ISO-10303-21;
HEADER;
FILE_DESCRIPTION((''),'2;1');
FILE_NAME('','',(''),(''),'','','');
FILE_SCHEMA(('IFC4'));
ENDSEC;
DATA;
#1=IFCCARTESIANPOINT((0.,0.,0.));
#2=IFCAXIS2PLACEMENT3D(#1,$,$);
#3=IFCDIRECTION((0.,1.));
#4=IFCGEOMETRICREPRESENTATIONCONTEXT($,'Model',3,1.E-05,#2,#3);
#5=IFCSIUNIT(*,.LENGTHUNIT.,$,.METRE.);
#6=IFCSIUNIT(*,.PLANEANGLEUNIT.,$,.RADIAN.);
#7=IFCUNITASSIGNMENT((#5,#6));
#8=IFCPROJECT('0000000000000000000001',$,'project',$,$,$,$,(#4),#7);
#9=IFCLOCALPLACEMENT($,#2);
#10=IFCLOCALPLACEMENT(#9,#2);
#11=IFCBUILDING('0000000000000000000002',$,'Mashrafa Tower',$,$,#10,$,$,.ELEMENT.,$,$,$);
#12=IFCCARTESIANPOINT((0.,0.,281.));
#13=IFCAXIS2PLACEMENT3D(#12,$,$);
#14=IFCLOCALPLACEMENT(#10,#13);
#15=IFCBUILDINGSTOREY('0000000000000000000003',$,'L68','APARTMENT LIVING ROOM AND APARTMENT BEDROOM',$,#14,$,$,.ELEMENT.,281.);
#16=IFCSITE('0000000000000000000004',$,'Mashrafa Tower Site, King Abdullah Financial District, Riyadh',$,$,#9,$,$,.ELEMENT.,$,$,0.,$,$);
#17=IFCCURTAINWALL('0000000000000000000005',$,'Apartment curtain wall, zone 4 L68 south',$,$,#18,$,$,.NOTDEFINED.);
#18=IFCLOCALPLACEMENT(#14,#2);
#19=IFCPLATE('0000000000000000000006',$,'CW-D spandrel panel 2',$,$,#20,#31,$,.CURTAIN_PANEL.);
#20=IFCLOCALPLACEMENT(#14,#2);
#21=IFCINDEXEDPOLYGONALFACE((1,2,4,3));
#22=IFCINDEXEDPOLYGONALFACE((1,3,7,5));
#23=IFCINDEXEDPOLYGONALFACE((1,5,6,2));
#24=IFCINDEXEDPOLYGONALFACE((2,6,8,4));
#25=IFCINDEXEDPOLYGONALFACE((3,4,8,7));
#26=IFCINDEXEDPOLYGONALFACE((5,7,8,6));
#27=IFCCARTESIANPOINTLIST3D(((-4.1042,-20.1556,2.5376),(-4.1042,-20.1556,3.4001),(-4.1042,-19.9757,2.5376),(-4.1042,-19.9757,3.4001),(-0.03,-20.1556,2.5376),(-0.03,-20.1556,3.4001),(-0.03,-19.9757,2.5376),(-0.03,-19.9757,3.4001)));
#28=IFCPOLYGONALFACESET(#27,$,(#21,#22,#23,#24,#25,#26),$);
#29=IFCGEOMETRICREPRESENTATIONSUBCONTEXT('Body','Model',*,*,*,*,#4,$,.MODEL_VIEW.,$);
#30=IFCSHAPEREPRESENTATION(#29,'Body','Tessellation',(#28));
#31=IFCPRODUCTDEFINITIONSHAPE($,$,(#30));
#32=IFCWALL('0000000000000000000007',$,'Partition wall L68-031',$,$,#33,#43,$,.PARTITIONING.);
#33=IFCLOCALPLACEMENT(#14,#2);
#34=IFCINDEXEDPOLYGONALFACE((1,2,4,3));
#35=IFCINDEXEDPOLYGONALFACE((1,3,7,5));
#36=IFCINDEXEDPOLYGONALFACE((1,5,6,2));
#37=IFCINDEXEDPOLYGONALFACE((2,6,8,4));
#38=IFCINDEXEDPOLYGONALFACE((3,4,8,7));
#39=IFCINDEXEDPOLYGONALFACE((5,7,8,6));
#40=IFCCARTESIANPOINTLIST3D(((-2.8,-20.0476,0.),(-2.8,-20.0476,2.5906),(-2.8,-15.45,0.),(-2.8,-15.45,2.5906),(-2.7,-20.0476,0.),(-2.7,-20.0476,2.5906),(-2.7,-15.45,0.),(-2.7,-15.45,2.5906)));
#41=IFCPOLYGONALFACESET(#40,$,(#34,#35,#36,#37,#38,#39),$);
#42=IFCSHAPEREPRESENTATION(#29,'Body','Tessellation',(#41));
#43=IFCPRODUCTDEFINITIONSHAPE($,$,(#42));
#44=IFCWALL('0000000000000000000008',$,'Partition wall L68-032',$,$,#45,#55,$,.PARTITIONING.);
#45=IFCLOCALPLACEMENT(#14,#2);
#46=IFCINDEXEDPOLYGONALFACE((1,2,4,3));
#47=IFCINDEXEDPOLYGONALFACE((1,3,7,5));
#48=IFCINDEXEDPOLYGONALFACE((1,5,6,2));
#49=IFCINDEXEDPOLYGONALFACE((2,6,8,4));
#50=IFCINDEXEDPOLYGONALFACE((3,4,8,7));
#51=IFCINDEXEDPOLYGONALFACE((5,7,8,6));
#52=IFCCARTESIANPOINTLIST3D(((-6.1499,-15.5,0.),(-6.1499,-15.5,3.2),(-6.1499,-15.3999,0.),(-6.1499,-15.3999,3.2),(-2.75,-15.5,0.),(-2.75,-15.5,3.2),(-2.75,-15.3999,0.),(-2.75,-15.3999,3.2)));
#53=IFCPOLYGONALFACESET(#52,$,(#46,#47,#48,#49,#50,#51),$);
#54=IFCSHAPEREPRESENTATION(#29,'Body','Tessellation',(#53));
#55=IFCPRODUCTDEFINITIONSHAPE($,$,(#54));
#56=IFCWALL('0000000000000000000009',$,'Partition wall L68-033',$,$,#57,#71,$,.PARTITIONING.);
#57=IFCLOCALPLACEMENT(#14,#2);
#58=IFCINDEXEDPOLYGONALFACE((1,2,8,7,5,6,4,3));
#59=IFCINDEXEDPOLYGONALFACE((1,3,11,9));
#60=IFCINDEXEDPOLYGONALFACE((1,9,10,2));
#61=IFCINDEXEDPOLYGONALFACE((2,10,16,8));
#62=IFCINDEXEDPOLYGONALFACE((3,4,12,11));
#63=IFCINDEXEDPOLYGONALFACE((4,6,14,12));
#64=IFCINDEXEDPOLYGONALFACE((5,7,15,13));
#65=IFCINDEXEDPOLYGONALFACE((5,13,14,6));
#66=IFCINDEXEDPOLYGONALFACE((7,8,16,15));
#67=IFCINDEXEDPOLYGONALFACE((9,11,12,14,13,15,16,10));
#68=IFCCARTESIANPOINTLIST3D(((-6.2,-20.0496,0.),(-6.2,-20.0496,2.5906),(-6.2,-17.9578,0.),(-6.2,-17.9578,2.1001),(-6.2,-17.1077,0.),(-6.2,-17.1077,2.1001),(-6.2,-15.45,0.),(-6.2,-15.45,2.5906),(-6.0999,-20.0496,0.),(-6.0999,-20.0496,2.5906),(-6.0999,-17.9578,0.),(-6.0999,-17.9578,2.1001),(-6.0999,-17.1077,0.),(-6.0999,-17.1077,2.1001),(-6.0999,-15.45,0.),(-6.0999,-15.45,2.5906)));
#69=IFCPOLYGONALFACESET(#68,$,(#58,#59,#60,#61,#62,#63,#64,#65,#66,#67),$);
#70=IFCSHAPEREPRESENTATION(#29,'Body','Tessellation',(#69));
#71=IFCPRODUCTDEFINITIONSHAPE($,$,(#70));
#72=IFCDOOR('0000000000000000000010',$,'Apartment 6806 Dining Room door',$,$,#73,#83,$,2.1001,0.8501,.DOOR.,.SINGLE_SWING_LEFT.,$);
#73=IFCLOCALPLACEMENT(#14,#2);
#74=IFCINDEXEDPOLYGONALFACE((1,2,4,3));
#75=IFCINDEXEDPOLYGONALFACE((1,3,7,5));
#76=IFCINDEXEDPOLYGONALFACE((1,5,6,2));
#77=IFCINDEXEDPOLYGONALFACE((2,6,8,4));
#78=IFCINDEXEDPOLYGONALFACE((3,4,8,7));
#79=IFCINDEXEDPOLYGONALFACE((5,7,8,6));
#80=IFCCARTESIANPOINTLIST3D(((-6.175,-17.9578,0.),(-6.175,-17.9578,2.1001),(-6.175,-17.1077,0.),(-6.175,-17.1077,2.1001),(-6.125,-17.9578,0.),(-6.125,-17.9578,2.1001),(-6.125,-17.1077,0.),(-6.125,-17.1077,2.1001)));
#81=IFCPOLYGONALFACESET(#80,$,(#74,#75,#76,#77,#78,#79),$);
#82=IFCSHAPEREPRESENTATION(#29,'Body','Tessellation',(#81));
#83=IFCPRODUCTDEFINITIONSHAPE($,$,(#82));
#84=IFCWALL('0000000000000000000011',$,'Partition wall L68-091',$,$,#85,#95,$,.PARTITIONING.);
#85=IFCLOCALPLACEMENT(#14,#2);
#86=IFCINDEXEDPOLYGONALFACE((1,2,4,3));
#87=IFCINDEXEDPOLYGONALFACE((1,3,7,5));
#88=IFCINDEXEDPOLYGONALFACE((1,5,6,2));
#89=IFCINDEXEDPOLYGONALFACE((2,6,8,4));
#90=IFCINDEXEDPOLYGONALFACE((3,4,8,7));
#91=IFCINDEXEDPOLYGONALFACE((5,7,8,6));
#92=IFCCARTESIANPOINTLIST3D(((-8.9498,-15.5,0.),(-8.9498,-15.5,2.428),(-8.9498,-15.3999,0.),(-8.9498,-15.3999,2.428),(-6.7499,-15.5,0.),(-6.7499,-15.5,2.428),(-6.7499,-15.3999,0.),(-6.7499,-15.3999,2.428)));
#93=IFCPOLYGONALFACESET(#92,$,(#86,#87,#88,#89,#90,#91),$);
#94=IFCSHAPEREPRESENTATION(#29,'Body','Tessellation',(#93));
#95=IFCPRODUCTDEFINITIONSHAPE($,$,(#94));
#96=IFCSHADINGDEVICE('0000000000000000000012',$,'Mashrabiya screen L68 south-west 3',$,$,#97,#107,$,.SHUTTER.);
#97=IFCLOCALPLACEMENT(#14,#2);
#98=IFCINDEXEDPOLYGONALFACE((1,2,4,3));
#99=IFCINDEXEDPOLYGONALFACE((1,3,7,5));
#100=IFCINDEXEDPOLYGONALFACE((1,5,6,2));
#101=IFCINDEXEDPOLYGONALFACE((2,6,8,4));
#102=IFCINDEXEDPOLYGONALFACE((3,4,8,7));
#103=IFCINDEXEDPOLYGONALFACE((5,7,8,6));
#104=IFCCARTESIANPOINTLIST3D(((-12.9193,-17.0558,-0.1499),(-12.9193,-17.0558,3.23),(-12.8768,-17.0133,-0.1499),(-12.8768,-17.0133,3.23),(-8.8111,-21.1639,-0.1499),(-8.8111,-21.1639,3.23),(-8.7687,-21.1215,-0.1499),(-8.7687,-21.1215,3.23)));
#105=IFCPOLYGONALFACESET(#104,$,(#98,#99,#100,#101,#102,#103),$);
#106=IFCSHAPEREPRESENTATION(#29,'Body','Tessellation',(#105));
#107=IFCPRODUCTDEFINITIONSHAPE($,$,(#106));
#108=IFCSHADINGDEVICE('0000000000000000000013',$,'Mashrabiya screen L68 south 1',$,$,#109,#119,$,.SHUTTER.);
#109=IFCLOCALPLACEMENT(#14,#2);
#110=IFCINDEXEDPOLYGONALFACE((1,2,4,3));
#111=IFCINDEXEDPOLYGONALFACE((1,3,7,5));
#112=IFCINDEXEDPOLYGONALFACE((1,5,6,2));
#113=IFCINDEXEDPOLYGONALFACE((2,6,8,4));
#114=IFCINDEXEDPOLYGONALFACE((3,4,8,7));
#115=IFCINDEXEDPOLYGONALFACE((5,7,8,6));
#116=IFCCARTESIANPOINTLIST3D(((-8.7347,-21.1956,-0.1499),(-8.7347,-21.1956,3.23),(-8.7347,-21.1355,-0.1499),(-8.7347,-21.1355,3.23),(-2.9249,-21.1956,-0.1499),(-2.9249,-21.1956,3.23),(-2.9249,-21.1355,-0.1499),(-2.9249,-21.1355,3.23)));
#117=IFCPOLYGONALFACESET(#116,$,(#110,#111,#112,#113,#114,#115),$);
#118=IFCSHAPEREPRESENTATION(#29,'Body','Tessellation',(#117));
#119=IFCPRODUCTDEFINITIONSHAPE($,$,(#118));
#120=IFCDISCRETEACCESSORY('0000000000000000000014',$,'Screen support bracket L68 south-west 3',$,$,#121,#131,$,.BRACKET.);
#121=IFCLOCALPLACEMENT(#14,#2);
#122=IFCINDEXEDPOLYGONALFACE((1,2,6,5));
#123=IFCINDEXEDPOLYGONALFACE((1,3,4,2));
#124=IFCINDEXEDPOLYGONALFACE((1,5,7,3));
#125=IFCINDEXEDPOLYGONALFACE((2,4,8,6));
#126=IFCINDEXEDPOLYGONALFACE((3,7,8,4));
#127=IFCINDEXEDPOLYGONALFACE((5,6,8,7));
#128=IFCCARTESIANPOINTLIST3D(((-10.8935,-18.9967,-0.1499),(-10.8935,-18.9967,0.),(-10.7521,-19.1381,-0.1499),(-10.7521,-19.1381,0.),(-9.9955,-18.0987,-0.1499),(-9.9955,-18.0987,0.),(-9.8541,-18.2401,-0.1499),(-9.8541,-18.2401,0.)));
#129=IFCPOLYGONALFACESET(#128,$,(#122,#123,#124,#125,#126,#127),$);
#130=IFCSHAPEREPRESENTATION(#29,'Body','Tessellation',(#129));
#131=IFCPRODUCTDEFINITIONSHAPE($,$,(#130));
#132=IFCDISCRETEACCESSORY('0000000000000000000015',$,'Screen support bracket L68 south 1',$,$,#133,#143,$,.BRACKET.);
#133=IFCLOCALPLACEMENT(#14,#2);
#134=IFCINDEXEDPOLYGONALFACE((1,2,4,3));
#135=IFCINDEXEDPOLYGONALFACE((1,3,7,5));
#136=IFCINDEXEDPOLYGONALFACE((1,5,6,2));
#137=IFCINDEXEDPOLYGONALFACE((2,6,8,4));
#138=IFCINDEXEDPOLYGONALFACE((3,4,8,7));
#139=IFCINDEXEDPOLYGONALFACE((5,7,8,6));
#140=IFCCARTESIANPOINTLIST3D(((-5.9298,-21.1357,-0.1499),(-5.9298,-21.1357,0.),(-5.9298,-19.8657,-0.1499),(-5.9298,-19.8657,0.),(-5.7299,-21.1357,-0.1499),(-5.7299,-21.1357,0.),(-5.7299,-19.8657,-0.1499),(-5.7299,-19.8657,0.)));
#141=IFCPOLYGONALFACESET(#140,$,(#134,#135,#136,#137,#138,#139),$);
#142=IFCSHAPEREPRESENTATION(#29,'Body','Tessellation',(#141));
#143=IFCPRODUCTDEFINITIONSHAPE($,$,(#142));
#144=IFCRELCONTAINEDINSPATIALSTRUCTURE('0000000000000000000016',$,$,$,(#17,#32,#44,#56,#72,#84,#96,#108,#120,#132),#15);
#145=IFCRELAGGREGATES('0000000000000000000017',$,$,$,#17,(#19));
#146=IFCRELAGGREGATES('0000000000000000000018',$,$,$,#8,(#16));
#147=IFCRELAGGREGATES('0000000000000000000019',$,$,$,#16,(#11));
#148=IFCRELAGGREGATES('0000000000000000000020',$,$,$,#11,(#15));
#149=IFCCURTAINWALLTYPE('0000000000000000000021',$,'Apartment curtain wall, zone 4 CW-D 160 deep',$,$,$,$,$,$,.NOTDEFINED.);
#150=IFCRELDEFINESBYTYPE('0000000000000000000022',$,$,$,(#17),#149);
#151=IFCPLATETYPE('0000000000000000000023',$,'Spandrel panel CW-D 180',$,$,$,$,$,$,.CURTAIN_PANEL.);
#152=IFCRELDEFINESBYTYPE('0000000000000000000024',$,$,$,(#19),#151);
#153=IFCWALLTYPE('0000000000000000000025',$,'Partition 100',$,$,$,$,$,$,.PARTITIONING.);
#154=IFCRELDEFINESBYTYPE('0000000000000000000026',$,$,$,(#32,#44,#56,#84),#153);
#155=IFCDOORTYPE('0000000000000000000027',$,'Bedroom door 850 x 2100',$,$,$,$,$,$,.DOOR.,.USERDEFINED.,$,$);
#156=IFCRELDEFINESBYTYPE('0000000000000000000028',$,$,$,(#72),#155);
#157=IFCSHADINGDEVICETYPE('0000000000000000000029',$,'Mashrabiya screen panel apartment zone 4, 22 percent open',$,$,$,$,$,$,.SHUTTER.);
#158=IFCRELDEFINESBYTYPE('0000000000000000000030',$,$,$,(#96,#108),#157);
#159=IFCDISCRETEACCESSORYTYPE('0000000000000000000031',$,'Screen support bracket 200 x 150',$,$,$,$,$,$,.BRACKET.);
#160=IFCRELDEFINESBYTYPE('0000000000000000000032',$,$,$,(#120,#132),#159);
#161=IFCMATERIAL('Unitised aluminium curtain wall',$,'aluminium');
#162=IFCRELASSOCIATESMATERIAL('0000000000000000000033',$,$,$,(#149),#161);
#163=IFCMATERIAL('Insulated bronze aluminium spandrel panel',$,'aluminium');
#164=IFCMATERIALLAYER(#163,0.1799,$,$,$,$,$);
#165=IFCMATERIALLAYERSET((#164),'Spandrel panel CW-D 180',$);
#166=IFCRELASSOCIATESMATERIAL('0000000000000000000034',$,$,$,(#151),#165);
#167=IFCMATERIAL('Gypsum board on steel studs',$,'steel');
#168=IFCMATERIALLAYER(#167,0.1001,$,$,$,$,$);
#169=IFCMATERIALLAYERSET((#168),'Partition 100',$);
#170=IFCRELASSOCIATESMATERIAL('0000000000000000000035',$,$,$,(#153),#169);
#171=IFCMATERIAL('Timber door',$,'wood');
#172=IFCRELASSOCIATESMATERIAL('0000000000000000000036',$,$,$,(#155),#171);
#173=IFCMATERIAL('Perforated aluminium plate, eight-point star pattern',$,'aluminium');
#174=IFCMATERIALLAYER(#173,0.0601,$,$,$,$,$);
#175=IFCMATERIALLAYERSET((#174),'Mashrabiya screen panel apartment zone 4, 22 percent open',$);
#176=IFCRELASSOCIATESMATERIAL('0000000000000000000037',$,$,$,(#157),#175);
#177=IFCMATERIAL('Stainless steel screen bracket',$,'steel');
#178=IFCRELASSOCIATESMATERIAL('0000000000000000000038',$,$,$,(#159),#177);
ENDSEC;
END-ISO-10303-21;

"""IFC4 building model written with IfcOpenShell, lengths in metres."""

from ifc_helpers import new_model, si_unit, direction, frame, frame_2d, origin, origin_2d, place, context, subcontext, project, spatial, rectangle, extrude, source, transform, mapped, material, layer, layer_set, type_object, type_shapes, element, fill, aggregate, save


model = new_model("IFC4")

# Units and contexts
model_context = context("Model", 3, precision=1e-05, world=origin(), true_north=direction((0.0, 1.0)))
body_context = subcontext(model_context, "Body", "Model", "MODEL_VIEW")
ifc_project = project(units=[si_unit("LENGTHUNIT", "METRE"), si_unit("PLANEANGLEUNIT", "RADIAN")], contexts=[model_context])

# Site, building, storey
site_placement = place(None, origin())
site = spatial("IfcSite", under=ifc_project, at=site_placement, Name="Mashrafa Tower Site, King Abdullah Financial District, Riyadh", CompositionType="ELEMENT", RefElevation=0.0)
building_placement = place(site_placement, origin())
building = spatial("IfcBuilding", under=site, at=building_placement, Name="Mashrafa Tower", CompositionType="ELEMENT")
storey_placement = place(building_placement, frame((0.0, 0.0, 281.0)))
storey = spatial("IfcBuildingStorey", under=building, at=storey_placement, Name="L68", Description="APARTMENT LIVING ROOM AND APARTMENT BEDROOM", CompositionType="ELEMENT", Elevation=281.0)

# Curtain wall
ifc_material_1 = material(Name="Unitised aluminium curtain wall", Category="aluminium")
curtain_wall_type = type_object("IfcCurtainWallType", Name="Apartment curtain wall, zone 4 CW-D 160 deep", PredefinedType="NOTDEFINED", material=ifc_material_1)
curtain_wall_1_placement = place(storey_placement, origin())
curtain_wall_1 = element("IfcCurtainWall", 1, at=curtain_wall_1_placement, inside=storey, type_object=curtain_wall_type, Name="Apartment curtain wall, zone 4 L68 south", PredefinedType="NOTDEFINED")

# Plate
ifc_material_2 = material(Name="Insulated bronze aluminium spandrel panel", Category="aluminium")
ifc_layer_1 = layer(ifc_material_2, 0.1799)
ifc_layer_set_1 = layer_set([ifc_layer_1], Name="Spandrel panel CW-D 180")
plate_type_1 = type_object("IfcPlateType", Name="Spandrel panel CW-D 180", PredefinedType="CURTAIN_PANEL", material=ifc_layer_set_1)
shared_shape_1 = source(origin(), body_context, "Body", "SweptSolid", [
    extrude(rectangle(XDim=4.0742, YDim=0.1799, at=origin_2d()), origin(), (0.0, 0.0, 1.0), 0.8625),
])
plate_1_placement = place(storey_placement, frame((-2.0671, -20.0657, 2.5376), z_axis=(0.0, 0.0, 1.0), x_axis=(1.0, 0.0, 0.0)))
plate_1 = element("IfcPlate", 2, at=plate_1_placement, type_object=plate_type_1, Name="CW-D spandrel panel 2", PredefinedType="CURTAIN_PANEL", context=body_context, shape_type="MappedRepresentation", body=[
    mapped(shared_shape_1, transform((0.0, 0.0, 0.0))),
])
aggregate(curtain_wall_1, [plate_1])

# Walls
ifc_material_3 = material(Name="Gypsum board on steel studs", Category="steel")
ifc_layer_2 = layer(ifc_material_3, 0.1001)
ifc_layer_set_2 = layer_set([ifc_layer_2], Name="Partition 100")
wall_type = type_object("IfcWallType", Name="Partition 100", PredefinedType="PARTITIONING", material=ifc_layer_set_2)
wall_1_placement = place(storey_placement, frame((-2.75, -20.0476, 0.0), z_axis=(0.0, 0.0, 1.0), x_axis=(0.0, 1.0, 0.0)))
element("IfcWall", 3, at=wall_1_placement, inside=storey, type_object=wall_type, Name="Partition wall L68-031", PredefinedType="PARTITIONING", context=body_context, shape_type="SweptSolid", body=[
    extrude(rectangle(XDim=4.5977, YDim=0.1001, at=frame_2d((2.2988, 0.0))), origin(), (0.0, 0.0, 1.0), 2.5906),
])
wall_2_placement = place(storey_placement, frame((-2.75, -15.45, 0.0), z_axis=(0.0, 0.0, 1.0), x_axis=(-1.0, 0.0, 0.0)))
element("IfcWall", 4, at=wall_2_placement, inside=storey, type_object=wall_type, Name="Partition wall L68-032", PredefinedType="PARTITIONING", context=body_context, shape_type="SweptSolid", body=[
    extrude(rectangle(XDim=3.3999, YDim=0.1001, at=frame_2d((1.7, 0.0))), origin(), (0.0, 0.0, 1.0), 3.2),
])

# Wall, opening, door
wall_3_placement = place(storey_placement, frame((-6.1499, -15.45, 0.0), z_axis=(0.0, 0.0, 1.0), x_axis=(0.0, -1.0, 0.0)))
wall_3 = element("IfcWall", 5, at=wall_3_placement, inside=storey, type_object=wall_type, Name="Partition wall L68-033", PredefinedType="PARTITIONING", context=body_context, shape_type="SweptSolid", body=[
    extrude(rectangle(XDim=4.5996, YDim=0.1001, at=frame_2d((2.2998, 0.0))), origin(), (0.0, 0.0, 1.0), 2.5906),
])
opening_placement = place(wall_3_placement, frame((1.6577, 0.0, 0.0)))
opening = element("IfcOpeningElement", 6, at=opening_placement, cuts=wall_3, PredefinedType="OPENING", context=body_context, shape_type="SweptSolid", body=[
    extrude(rectangle(XDim=0.8501, YDim=2.1001, at=frame_2d((0.425, 1.05))), frame((0.0, 0.0601, 0.0), z_axis=(0.0, -1.0, 0.0), x_axis=(1.0, 0.0, 0.0)), (0.0, 0.0, 1.0), 0.1201),
])
ifc_material_4 = material(Name="Timber door", Category="wood")
door_type = type_object("IfcDoorType", Name="Bedroom door 850 x 2100", OperationType="USERDEFINED", PredefinedType="DOOR", material=ifc_material_4)
door_placement = place(opening_placement, origin())
door = element("IfcDoor", 7, at=door_placement, inside=storey, type_object=door_type, Name="Apartment 6806 Dining Room door", OperationType="SINGLE_SWING_LEFT", OverallHeight=2.1001, OverallWidth=0.8501, PredefinedType="DOOR", context=body_context, shape_type="SweptSolid", body=[
    extrude(rectangle(XDim=0.8501, YDim=2.1001, at=frame_2d((0.425, 1.05))), frame((0.0, 0.0249, 0.0), z_axis=(0.0, -1.0, 0.0), x_axis=(1.0, 0.0, 0.0)), (0.0, 0.0, 1.0), 0.05),
])
fill(opening, door)

# Wall
wall_4_placement = place(storey_placement, frame((-8.95, -15.45, 0.0), z_axis=(0.0, 0.0, 1.0), x_axis=(1.0, 0.0, 0.0)))
element("IfcWall", 8, at=wall_4_placement, inside=storey, type_object=wall_type, Name="Partition wall L68-091", PredefinedType="PARTITIONING", context=body_context, shape_type="SweptSolid", body=[
    extrude(rectangle(XDim=2.2, YDim=0.1001, at=frame_2d((1.1001, 0.0))), origin(), (0.0, 0.0, 1.0), 2.428),
])

# Shading devices
ifc_material_5 = material(Name="Perforated aluminium plate, eight-point star pattern", Category="aluminium")
ifc_layer_3 = layer(ifc_material_5, 0.0601)
ifc_layer_set_3 = layer_set([ifc_layer_3], Name="Mashrabiya screen panel apartment zone 4, 22 percent open")
shading_device_type = type_object("IfcShadingDeviceType", Name="Mashrabiya screen panel apartment zone 4, 22 percent open", PredefinedType="SHUTTER", material=ifc_layer_set_3)
shared_shape_2 = source(origin(), body_context, "Body", "SweptSolid", [
    extrude(rectangle(XDim=5.8098, YDim=0.0601, at=origin_2d()), origin(), (0.0, 0.0, 1.0), 3.3799),
])
type_shapes(shading_device_type, [shared_shape_2])
for number, where, z_axis, x_axis, name in (
    (9, (-10.844, -19.0886, -0.1499), (0.0, 0.0, 1.0), (0.707107, -0.707107, 0.0), "Mashrabiya screen L68 south-west 3"),
    (10, (-5.8298, -21.1655, -0.1499), (0.0, 0.0, 1.0), (1.0, 0.0, 0.0), "Mashrabiya screen L68 south 1"),
):
    element("IfcShadingDevice", number, at=place(storey_placement, frame(where, z_axis=z_axis, x_axis=x_axis)), inside=storey, type_object=shading_device_type, Name=name, PredefinedType="SHUTTER", context=body_context, shape_type="MappedRepresentation", body=[
        mapped(shared_shape_2, transform((0.0, 0.0, 0.0))),
    ])

# Discrete accessories
ifc_material_6 = material(Name="Stainless steel screen bracket", Category="steel")
discrete_accessory_type = type_object("IfcDiscreteAccessoryType", Name="Screen support bracket 200 x 150", PredefinedType="BRACKET", material=ifc_material_6)
shared_shape_3 = source(origin(), body_context, "Body", "SweptSolid", [
    extrude(rectangle(XDim=0.2, YDim=1.27, at=origin_2d()), origin(), (0.0, 0.0, 1.0), 0.1499),
])
type_shapes(discrete_accessory_type, [shared_shape_3])
for number, where, z_axis, x_axis, name in (
    (11, (-10.3738, -18.6184, -0.1499), (0.0, 0.0, 1.0), (0.707107, -0.707107, 0.0), "Screen support bracket L68 south-west 3"),
    (12, (-5.8298, -20.5007, -0.1499), (0.0, 0.0, 1.0), (1.0, 0.0, 0.0), "Screen support bracket L68 south 1"),
):
    element("IfcDiscreteAccessory", number, at=place(storey_placement, frame(where, z_axis=z_axis, x_axis=x_axis)), inside=storey, type_object=discrete_accessory_type, Name=name, PredefinedType="BRACKET", context=body_context, shape_type="MappedRepresentation", body=[
        mapped(shared_shape_3, transform((0.0, 0.0, 0.0))),
    ])

save(model, "model.ifc")
